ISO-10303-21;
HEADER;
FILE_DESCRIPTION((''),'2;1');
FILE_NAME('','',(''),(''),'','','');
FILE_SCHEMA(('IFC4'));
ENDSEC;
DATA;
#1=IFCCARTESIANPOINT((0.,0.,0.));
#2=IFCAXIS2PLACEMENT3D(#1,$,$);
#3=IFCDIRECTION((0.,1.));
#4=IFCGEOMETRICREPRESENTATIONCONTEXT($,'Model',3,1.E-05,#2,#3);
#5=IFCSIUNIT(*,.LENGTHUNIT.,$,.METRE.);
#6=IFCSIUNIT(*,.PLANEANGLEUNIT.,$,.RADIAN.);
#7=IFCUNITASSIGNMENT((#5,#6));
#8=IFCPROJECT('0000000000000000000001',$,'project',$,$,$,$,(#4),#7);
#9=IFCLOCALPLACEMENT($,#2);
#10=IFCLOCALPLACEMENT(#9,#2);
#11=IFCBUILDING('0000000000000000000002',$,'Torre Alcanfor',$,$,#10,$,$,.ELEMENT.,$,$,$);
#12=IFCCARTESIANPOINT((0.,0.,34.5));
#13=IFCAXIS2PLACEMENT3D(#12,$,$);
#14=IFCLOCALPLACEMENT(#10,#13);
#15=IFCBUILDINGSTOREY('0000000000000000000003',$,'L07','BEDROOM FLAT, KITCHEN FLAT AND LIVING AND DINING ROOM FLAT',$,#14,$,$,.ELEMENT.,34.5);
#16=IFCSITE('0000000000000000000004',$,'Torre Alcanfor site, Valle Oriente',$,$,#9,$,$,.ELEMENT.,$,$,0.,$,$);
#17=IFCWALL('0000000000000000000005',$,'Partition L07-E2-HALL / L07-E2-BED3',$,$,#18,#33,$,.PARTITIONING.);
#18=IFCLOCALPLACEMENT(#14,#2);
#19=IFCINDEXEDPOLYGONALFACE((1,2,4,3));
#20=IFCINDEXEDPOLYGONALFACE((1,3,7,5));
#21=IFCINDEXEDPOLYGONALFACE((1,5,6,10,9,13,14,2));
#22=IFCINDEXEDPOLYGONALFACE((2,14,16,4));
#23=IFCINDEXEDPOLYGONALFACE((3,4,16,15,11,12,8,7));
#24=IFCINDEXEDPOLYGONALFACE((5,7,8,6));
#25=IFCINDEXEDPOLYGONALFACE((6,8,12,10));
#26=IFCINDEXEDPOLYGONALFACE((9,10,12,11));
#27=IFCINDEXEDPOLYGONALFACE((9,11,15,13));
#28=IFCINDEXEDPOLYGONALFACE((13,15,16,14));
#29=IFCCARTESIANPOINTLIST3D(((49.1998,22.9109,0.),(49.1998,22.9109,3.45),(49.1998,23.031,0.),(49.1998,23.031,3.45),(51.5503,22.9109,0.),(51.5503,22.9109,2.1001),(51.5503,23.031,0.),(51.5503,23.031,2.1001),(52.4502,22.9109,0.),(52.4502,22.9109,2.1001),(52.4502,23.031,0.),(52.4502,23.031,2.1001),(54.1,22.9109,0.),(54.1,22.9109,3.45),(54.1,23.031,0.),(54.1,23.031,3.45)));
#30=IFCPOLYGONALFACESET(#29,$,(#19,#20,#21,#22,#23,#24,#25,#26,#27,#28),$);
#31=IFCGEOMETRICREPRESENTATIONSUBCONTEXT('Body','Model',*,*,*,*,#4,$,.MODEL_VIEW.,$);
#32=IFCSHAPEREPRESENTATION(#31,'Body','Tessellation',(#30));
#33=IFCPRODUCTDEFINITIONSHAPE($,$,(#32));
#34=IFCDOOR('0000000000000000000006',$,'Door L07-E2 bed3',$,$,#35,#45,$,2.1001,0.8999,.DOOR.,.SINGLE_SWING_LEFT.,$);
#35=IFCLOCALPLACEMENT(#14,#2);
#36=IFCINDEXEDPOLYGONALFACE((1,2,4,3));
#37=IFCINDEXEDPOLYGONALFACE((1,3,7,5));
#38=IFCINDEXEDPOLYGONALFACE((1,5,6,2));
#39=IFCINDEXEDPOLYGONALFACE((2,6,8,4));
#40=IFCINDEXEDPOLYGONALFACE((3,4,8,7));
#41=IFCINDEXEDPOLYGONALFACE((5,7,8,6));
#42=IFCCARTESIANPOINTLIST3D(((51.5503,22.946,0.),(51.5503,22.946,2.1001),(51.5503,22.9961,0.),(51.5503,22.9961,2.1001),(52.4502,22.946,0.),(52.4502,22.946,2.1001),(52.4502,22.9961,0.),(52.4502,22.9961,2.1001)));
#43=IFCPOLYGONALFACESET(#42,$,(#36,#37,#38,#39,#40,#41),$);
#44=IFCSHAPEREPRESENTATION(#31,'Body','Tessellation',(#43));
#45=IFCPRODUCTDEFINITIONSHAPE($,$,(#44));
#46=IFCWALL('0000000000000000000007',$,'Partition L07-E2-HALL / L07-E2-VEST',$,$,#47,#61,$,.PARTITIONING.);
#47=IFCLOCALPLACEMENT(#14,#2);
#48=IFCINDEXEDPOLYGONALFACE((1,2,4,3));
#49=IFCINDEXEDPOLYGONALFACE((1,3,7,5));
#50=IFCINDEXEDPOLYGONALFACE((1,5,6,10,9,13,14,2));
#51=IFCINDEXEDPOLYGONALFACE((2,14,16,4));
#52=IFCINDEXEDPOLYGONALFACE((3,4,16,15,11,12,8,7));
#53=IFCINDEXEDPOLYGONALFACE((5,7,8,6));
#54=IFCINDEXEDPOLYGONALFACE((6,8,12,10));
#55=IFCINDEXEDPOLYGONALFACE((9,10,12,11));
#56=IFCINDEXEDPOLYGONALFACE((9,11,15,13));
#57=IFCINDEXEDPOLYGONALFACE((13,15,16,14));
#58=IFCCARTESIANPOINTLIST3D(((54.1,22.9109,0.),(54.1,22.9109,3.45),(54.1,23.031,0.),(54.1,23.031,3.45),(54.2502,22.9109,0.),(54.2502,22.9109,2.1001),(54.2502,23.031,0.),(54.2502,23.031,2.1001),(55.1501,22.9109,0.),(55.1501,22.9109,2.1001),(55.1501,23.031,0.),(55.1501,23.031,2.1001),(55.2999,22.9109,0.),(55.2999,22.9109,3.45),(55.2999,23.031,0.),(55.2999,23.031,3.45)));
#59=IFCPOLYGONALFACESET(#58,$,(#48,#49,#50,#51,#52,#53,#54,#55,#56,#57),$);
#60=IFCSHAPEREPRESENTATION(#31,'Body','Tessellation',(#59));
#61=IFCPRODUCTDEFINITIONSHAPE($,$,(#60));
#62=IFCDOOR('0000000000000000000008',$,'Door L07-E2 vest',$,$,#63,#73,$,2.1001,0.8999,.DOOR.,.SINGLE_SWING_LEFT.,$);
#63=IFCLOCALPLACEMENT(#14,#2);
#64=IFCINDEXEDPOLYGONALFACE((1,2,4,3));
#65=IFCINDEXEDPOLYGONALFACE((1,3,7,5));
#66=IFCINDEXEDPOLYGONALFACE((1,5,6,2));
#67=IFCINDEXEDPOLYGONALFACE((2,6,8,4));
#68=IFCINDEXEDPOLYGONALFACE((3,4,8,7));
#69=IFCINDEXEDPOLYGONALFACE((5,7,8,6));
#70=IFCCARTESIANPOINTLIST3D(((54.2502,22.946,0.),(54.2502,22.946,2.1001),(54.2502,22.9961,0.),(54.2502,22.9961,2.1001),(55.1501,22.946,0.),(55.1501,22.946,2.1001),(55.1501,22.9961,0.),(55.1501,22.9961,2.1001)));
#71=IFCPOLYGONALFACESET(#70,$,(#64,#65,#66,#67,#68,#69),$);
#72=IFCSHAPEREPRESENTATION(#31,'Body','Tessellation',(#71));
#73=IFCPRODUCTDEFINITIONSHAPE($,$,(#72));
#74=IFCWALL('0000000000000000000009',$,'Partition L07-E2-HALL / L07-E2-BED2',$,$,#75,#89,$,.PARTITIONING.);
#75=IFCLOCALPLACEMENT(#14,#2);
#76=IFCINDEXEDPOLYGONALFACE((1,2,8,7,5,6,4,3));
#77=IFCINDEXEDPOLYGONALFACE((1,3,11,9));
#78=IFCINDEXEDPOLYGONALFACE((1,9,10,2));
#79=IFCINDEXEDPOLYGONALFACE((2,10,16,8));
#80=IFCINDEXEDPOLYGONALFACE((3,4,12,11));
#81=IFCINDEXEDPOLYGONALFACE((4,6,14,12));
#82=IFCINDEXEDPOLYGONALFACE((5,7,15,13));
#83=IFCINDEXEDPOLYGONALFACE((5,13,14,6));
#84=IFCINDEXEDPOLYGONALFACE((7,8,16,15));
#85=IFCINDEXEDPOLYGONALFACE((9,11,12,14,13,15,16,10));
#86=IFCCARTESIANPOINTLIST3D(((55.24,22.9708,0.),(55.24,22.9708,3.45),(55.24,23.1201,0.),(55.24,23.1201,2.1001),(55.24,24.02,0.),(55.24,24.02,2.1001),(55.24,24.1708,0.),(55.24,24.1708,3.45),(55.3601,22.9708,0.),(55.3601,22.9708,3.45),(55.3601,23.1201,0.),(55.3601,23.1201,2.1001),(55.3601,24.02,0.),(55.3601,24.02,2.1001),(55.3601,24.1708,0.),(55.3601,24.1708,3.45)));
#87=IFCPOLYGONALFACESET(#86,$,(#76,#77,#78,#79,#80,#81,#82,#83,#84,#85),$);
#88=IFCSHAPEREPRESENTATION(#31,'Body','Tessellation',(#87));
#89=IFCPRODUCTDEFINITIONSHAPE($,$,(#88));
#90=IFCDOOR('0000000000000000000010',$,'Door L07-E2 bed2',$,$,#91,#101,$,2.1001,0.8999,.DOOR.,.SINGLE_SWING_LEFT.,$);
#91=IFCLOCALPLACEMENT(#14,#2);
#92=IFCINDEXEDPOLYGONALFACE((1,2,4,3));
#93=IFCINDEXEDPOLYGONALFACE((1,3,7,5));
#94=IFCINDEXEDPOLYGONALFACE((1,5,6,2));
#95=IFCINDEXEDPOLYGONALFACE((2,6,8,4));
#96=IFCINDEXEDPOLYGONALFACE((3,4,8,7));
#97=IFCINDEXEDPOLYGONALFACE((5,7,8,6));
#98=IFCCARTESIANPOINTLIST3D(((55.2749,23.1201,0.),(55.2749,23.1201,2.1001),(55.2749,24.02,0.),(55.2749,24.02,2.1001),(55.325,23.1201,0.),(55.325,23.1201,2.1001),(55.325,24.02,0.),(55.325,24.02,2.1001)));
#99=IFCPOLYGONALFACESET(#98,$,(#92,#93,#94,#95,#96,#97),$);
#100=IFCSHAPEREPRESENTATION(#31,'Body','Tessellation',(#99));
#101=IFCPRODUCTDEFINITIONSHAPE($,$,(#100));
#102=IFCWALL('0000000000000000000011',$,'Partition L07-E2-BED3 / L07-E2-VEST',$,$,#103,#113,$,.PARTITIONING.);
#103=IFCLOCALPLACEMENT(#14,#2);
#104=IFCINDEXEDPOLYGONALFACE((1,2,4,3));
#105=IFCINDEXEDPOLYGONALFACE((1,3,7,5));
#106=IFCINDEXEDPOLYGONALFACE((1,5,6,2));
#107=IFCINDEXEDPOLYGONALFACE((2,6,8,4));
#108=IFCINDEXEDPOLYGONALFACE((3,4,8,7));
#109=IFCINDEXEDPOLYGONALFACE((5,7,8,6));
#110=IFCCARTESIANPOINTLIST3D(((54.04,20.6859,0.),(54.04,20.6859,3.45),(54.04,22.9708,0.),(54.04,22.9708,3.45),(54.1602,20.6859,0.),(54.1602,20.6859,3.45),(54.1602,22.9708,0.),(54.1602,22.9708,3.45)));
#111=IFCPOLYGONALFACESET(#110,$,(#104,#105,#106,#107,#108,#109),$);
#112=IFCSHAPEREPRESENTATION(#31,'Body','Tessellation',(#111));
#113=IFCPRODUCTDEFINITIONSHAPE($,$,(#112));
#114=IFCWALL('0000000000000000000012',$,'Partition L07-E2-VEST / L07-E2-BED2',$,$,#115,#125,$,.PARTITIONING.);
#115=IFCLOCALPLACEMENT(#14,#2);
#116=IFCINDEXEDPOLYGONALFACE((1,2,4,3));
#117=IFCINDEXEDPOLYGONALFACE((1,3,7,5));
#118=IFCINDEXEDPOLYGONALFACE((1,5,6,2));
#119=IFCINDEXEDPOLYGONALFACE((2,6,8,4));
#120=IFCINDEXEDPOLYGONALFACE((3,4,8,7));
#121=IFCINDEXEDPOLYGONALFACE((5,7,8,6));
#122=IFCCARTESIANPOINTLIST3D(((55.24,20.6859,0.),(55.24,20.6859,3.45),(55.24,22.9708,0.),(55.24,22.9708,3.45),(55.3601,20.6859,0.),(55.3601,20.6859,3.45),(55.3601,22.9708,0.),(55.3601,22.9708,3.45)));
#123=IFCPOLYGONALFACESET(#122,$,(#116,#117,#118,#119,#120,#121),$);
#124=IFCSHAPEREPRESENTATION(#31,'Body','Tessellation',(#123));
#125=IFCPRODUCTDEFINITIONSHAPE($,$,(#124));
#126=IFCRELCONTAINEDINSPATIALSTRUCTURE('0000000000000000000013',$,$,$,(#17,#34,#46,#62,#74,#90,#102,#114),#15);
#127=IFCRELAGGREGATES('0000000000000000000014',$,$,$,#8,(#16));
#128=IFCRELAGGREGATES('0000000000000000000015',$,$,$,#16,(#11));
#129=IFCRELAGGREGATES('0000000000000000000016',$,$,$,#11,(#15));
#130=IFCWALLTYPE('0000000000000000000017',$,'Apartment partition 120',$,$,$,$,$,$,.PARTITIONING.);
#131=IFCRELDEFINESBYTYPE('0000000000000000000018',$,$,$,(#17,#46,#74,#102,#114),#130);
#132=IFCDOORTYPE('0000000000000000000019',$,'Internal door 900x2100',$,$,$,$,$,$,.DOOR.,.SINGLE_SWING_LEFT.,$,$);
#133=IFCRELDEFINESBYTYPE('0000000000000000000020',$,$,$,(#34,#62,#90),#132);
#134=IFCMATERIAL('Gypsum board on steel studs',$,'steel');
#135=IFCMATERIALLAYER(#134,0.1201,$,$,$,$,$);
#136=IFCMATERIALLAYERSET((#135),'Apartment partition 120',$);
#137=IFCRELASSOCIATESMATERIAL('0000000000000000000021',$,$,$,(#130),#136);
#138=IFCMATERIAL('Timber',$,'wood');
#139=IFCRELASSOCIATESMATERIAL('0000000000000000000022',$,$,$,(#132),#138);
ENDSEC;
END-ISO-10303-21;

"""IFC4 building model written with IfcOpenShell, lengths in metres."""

from ifc_helpers import new_model, si_unit, direction, frame, frame_2d, origin, place, context, subcontext, project, spatial, rectangle, extrude, material, layer, layer_set, type_object, element, fill, save


model = new_model("IFC4")

# Units and contexts
model_context = context("Model", 3, precision=1e-05, world=origin(), true_north=direction((0.0, 1.0)))
body_context = subcontext(model_context, "Body", "Model", "MODEL_VIEW")
ifc_project = project(units=[si_unit("LENGTHUNIT", "METRE"), si_unit("PLANEANGLEUNIT", "RADIAN")], contexts=[model_context])

# Site, building, storey
site_placement = place(None, origin())
site = spatial("IfcSite", under=ifc_project, at=site_placement, Name="Torre Alcanfor site, Valle Oriente", CompositionType="ELEMENT", RefElevation=0.0)
building_placement = place(site_placement, origin())
building = spatial("IfcBuilding", under=site, at=building_placement, Name="Torre Alcanfor", CompositionType="ELEMENT")
storey_placement = place(building_placement, frame((0.0, 0.0, 34.5)))
storey = spatial("IfcBuildingStorey", under=building, at=storey_placement, Name="L07", Description="BEDROOM FLAT, KITCHEN FLAT AND LIVING AND DINING ROOM FLAT", CompositionType="ELEMENT", Elevation=34.5)

# Shared definitions
ifc_material_1 = material(Name="Gypsum board on steel studs", Category="steel")
ifc_layer_1 = layer(ifc_material_1, 0.1201)
ifc_layer_set_1 = layer_set([ifc_layer_1], Name="Apartment partition 120")
wall_type = type_object("IfcWallType", Name="Apartment partition 120", PredefinedType="PARTITIONING", material=ifc_layer_set_1)
ifc_material_2 = material(Name="Timber", Category="wood")
door_type = type_object("IfcDoorType", Name="Internal door 900x2100", OperationType="SINGLE_SWING_LEFT", PredefinedType="DOOR", material=ifc_material_2)

# Walls, openings, doors
wall_1_placement = place(storey_placement, frame((54.1001, 22.9709, 0.0), z_axis=(0.0, 0.0, 1.0), x_axis=(-1.0, 0.0, 0.0)))
wall_1 = element("IfcWall", 1, at=wall_1_placement, inside=storey, type_object=wall_type, Name="Partition L07-E2-HALL / L07-E2-BED3", PredefinedType="PARTITIONING", context=body_context, shape_type="SweptSolid", body=[
    extrude(rectangle(XDim=4.9001, YDim=0.1201, at=frame_2d((2.4502, 0.0))), origin(), (0.0, 0.0, 1.0), 3.45),
])
opening_1_placement = place(wall_1_placement, frame((1.6499, 0.0, 0.0)))
opening_1 = element("IfcOpeningElement", 2, at=opening_1_placement, cuts=wall_1, PredefinedType="OPENING", context=body_context, shape_type="SweptSolid", body=[
    extrude(rectangle(XDim=0.8999, YDim=2.1001, at=frame_2d((0.45, 1.05))), frame((0.0, 0.0701, 0.0), z_axis=(0.0, -1.0, 0.0), x_axis=(1.0, 0.0, 0.0)), (0.0, 0.0, 1.0), 0.1401),
])
door_1_placement = place(opening_1_placement, origin())
door_1 = element("IfcDoor", 3, at=door_1_placement, inside=storey, type_object=door_type, Name="Door L07-E2 bed3", OperationType="SINGLE_SWING_LEFT", OverallHeight=2.1001, OverallWidth=0.8999, PredefinedType="DOOR", context=body_context, shape_type="SweptSolid", body=[
    extrude(rectangle(XDim=0.8999, YDim=2.1001, at=frame_2d((0.45, 1.05))), frame((0.0, 0.0249, 0.0), z_axis=(0.0, -1.0, 0.0), x_axis=(1.0, 0.0, 0.0)), (0.0, 0.0, 1.0), 0.05),
])
fill(opening_1, door_1)
wall_2_placement = place(storey_placement, frame((55.3, 22.9709, 0.0), z_axis=(0.0, 0.0, 1.0), x_axis=(-1.0, 0.0, 0.0)))
wall_2 = element("IfcWall", 4, at=wall_2_placement, inside=storey, type_object=wall_type, Name="Partition L07-E2-HALL / L07-E2-VEST", PredefinedType="PARTITIONING", context=body_context, shape_type="SweptSolid", body=[
    extrude(rectangle(XDim=1.2, YDim=0.1201, at=frame_2d((0.6001, 0.0))), origin(), (0.0, 0.0, 1.0), 3.45),
])
opening_2_placement = place(wall_2_placement, frame((0.1499, 0.0, 0.0)))
opening_2 = element("IfcOpeningElement", 5, at=opening_2_placement, cuts=wall_2, PredefinedType="OPENING", context=body_context, shape_type="SweptSolid", body=[
    extrude(rectangle(XDim=0.8999, YDim=2.1001, at=frame_2d((0.45, 1.05))), frame((0.0, 0.0701, 0.0), z_axis=(0.0, -1.0, 0.0), x_axis=(1.0, 0.0, 0.0)), (0.0, 0.0, 1.0), 0.1401),
])
door_2_placement = place(opening_2_placement, origin())
door_2 = element("IfcDoor", 6, at=door_2_placement, inside=storey, type_object=door_type, Name="Door L07-E2 vest", OperationType="SINGLE_SWING_LEFT", OverallHeight=2.1001, OverallWidth=0.8999, PredefinedType="DOOR", context=body_context, shape_type="SweptSolid", body=[
    extrude(rectangle(XDim=0.8999, YDim=2.1001, at=frame_2d((0.45, 1.05))), frame((0.0, 0.0249, 0.0), z_axis=(0.0, -1.0, 0.0), x_axis=(1.0, 0.0, 0.0)), (0.0, 0.0, 1.0), 0.05),
])
fill(opening_2, door_2)
wall_3_placement = place(storey_placement, frame((55.3, 24.1709, 0.0), z_axis=(0.0, 0.0, 1.0), x_axis=(0.0, -1.0, 0.0)))
wall_3 = element("IfcWall", 7, at=wall_3_placement, inside=storey, type_object=wall_type, Name="Partition L07-E2-HALL / L07-E2-BED2", PredefinedType="PARTITIONING", context=body_context, shape_type="SweptSolid", body=[
    extrude(rectangle(XDim=1.2, YDim=0.1201, at=frame_2d((0.6001, 0.0))), origin(), (0.0, 0.0, 1.0), 3.45),
])
opening_3_placement = place(wall_3_placement, frame((0.1509, 0.0, 0.0)))
opening_3 = element("IfcOpeningElement", 8, at=opening_3_placement, cuts=wall_3, PredefinedType="OPENING", context=body_context, shape_type="SweptSolid", body=[
    extrude(rectangle(XDim=0.8999, YDim=2.1001, at=frame_2d((0.45, 1.05))), frame((0.0, 0.0701, 0.0), z_axis=(0.0, -1.0, 0.0), x_axis=(1.0, 0.0, 0.0)), (0.0, 0.0, 1.0), 0.1401),
])
door_3_placement = place(opening_3_placement, origin())
door_3 = element("IfcDoor", 9, at=door_3_placement, inside=storey, type_object=door_type, Name="Door L07-E2 bed2", OperationType="SINGLE_SWING_LEFT", OverallHeight=2.1001, OverallWidth=0.8999, PredefinedType="DOOR", context=body_context, shape_type="SweptSolid", body=[
    extrude(rectangle(XDim=0.8999, YDim=2.1001, at=frame_2d((0.45, 1.05))), frame((0.0, 0.0249, 0.0), z_axis=(0.0, -1.0, 0.0), x_axis=(1.0, 0.0, 0.0)), (0.0, 0.0, 1.0), 0.05),
])
fill(opening_3, door_3)

# Walls
for number, where, z_axis, x_axis, name in (
    (10, (54.1001, 22.9709, 0.0), (0.0, 0.0, 1.0), (0.0, -1.0, 0.0), "Partition L07-E2-BED3 / L07-E2-VEST"),
    (11, (55.3, 22.9709, 0.0), (0.0, 0.0, 1.0), (0.0, -1.0, 0.0), "Partition L07-E2-VEST / L07-E2-BED2"),
):
    element("IfcWall", number, at=place(storey_placement, frame(where, z_axis=z_axis, x_axis=x_axis)), inside=storey, type_object=wall_type, Name=name, PredefinedType="PARTITIONING", context=body_context, shape_type="SweptSolid", body=[
        extrude(rectangle(XDim=2.2849, YDim=0.1201, at=frame_2d((1.1426, 0.0))), origin(), (0.0, 0.0, 1.0), 3.45),
    ])

save(model, "model.ifc")
